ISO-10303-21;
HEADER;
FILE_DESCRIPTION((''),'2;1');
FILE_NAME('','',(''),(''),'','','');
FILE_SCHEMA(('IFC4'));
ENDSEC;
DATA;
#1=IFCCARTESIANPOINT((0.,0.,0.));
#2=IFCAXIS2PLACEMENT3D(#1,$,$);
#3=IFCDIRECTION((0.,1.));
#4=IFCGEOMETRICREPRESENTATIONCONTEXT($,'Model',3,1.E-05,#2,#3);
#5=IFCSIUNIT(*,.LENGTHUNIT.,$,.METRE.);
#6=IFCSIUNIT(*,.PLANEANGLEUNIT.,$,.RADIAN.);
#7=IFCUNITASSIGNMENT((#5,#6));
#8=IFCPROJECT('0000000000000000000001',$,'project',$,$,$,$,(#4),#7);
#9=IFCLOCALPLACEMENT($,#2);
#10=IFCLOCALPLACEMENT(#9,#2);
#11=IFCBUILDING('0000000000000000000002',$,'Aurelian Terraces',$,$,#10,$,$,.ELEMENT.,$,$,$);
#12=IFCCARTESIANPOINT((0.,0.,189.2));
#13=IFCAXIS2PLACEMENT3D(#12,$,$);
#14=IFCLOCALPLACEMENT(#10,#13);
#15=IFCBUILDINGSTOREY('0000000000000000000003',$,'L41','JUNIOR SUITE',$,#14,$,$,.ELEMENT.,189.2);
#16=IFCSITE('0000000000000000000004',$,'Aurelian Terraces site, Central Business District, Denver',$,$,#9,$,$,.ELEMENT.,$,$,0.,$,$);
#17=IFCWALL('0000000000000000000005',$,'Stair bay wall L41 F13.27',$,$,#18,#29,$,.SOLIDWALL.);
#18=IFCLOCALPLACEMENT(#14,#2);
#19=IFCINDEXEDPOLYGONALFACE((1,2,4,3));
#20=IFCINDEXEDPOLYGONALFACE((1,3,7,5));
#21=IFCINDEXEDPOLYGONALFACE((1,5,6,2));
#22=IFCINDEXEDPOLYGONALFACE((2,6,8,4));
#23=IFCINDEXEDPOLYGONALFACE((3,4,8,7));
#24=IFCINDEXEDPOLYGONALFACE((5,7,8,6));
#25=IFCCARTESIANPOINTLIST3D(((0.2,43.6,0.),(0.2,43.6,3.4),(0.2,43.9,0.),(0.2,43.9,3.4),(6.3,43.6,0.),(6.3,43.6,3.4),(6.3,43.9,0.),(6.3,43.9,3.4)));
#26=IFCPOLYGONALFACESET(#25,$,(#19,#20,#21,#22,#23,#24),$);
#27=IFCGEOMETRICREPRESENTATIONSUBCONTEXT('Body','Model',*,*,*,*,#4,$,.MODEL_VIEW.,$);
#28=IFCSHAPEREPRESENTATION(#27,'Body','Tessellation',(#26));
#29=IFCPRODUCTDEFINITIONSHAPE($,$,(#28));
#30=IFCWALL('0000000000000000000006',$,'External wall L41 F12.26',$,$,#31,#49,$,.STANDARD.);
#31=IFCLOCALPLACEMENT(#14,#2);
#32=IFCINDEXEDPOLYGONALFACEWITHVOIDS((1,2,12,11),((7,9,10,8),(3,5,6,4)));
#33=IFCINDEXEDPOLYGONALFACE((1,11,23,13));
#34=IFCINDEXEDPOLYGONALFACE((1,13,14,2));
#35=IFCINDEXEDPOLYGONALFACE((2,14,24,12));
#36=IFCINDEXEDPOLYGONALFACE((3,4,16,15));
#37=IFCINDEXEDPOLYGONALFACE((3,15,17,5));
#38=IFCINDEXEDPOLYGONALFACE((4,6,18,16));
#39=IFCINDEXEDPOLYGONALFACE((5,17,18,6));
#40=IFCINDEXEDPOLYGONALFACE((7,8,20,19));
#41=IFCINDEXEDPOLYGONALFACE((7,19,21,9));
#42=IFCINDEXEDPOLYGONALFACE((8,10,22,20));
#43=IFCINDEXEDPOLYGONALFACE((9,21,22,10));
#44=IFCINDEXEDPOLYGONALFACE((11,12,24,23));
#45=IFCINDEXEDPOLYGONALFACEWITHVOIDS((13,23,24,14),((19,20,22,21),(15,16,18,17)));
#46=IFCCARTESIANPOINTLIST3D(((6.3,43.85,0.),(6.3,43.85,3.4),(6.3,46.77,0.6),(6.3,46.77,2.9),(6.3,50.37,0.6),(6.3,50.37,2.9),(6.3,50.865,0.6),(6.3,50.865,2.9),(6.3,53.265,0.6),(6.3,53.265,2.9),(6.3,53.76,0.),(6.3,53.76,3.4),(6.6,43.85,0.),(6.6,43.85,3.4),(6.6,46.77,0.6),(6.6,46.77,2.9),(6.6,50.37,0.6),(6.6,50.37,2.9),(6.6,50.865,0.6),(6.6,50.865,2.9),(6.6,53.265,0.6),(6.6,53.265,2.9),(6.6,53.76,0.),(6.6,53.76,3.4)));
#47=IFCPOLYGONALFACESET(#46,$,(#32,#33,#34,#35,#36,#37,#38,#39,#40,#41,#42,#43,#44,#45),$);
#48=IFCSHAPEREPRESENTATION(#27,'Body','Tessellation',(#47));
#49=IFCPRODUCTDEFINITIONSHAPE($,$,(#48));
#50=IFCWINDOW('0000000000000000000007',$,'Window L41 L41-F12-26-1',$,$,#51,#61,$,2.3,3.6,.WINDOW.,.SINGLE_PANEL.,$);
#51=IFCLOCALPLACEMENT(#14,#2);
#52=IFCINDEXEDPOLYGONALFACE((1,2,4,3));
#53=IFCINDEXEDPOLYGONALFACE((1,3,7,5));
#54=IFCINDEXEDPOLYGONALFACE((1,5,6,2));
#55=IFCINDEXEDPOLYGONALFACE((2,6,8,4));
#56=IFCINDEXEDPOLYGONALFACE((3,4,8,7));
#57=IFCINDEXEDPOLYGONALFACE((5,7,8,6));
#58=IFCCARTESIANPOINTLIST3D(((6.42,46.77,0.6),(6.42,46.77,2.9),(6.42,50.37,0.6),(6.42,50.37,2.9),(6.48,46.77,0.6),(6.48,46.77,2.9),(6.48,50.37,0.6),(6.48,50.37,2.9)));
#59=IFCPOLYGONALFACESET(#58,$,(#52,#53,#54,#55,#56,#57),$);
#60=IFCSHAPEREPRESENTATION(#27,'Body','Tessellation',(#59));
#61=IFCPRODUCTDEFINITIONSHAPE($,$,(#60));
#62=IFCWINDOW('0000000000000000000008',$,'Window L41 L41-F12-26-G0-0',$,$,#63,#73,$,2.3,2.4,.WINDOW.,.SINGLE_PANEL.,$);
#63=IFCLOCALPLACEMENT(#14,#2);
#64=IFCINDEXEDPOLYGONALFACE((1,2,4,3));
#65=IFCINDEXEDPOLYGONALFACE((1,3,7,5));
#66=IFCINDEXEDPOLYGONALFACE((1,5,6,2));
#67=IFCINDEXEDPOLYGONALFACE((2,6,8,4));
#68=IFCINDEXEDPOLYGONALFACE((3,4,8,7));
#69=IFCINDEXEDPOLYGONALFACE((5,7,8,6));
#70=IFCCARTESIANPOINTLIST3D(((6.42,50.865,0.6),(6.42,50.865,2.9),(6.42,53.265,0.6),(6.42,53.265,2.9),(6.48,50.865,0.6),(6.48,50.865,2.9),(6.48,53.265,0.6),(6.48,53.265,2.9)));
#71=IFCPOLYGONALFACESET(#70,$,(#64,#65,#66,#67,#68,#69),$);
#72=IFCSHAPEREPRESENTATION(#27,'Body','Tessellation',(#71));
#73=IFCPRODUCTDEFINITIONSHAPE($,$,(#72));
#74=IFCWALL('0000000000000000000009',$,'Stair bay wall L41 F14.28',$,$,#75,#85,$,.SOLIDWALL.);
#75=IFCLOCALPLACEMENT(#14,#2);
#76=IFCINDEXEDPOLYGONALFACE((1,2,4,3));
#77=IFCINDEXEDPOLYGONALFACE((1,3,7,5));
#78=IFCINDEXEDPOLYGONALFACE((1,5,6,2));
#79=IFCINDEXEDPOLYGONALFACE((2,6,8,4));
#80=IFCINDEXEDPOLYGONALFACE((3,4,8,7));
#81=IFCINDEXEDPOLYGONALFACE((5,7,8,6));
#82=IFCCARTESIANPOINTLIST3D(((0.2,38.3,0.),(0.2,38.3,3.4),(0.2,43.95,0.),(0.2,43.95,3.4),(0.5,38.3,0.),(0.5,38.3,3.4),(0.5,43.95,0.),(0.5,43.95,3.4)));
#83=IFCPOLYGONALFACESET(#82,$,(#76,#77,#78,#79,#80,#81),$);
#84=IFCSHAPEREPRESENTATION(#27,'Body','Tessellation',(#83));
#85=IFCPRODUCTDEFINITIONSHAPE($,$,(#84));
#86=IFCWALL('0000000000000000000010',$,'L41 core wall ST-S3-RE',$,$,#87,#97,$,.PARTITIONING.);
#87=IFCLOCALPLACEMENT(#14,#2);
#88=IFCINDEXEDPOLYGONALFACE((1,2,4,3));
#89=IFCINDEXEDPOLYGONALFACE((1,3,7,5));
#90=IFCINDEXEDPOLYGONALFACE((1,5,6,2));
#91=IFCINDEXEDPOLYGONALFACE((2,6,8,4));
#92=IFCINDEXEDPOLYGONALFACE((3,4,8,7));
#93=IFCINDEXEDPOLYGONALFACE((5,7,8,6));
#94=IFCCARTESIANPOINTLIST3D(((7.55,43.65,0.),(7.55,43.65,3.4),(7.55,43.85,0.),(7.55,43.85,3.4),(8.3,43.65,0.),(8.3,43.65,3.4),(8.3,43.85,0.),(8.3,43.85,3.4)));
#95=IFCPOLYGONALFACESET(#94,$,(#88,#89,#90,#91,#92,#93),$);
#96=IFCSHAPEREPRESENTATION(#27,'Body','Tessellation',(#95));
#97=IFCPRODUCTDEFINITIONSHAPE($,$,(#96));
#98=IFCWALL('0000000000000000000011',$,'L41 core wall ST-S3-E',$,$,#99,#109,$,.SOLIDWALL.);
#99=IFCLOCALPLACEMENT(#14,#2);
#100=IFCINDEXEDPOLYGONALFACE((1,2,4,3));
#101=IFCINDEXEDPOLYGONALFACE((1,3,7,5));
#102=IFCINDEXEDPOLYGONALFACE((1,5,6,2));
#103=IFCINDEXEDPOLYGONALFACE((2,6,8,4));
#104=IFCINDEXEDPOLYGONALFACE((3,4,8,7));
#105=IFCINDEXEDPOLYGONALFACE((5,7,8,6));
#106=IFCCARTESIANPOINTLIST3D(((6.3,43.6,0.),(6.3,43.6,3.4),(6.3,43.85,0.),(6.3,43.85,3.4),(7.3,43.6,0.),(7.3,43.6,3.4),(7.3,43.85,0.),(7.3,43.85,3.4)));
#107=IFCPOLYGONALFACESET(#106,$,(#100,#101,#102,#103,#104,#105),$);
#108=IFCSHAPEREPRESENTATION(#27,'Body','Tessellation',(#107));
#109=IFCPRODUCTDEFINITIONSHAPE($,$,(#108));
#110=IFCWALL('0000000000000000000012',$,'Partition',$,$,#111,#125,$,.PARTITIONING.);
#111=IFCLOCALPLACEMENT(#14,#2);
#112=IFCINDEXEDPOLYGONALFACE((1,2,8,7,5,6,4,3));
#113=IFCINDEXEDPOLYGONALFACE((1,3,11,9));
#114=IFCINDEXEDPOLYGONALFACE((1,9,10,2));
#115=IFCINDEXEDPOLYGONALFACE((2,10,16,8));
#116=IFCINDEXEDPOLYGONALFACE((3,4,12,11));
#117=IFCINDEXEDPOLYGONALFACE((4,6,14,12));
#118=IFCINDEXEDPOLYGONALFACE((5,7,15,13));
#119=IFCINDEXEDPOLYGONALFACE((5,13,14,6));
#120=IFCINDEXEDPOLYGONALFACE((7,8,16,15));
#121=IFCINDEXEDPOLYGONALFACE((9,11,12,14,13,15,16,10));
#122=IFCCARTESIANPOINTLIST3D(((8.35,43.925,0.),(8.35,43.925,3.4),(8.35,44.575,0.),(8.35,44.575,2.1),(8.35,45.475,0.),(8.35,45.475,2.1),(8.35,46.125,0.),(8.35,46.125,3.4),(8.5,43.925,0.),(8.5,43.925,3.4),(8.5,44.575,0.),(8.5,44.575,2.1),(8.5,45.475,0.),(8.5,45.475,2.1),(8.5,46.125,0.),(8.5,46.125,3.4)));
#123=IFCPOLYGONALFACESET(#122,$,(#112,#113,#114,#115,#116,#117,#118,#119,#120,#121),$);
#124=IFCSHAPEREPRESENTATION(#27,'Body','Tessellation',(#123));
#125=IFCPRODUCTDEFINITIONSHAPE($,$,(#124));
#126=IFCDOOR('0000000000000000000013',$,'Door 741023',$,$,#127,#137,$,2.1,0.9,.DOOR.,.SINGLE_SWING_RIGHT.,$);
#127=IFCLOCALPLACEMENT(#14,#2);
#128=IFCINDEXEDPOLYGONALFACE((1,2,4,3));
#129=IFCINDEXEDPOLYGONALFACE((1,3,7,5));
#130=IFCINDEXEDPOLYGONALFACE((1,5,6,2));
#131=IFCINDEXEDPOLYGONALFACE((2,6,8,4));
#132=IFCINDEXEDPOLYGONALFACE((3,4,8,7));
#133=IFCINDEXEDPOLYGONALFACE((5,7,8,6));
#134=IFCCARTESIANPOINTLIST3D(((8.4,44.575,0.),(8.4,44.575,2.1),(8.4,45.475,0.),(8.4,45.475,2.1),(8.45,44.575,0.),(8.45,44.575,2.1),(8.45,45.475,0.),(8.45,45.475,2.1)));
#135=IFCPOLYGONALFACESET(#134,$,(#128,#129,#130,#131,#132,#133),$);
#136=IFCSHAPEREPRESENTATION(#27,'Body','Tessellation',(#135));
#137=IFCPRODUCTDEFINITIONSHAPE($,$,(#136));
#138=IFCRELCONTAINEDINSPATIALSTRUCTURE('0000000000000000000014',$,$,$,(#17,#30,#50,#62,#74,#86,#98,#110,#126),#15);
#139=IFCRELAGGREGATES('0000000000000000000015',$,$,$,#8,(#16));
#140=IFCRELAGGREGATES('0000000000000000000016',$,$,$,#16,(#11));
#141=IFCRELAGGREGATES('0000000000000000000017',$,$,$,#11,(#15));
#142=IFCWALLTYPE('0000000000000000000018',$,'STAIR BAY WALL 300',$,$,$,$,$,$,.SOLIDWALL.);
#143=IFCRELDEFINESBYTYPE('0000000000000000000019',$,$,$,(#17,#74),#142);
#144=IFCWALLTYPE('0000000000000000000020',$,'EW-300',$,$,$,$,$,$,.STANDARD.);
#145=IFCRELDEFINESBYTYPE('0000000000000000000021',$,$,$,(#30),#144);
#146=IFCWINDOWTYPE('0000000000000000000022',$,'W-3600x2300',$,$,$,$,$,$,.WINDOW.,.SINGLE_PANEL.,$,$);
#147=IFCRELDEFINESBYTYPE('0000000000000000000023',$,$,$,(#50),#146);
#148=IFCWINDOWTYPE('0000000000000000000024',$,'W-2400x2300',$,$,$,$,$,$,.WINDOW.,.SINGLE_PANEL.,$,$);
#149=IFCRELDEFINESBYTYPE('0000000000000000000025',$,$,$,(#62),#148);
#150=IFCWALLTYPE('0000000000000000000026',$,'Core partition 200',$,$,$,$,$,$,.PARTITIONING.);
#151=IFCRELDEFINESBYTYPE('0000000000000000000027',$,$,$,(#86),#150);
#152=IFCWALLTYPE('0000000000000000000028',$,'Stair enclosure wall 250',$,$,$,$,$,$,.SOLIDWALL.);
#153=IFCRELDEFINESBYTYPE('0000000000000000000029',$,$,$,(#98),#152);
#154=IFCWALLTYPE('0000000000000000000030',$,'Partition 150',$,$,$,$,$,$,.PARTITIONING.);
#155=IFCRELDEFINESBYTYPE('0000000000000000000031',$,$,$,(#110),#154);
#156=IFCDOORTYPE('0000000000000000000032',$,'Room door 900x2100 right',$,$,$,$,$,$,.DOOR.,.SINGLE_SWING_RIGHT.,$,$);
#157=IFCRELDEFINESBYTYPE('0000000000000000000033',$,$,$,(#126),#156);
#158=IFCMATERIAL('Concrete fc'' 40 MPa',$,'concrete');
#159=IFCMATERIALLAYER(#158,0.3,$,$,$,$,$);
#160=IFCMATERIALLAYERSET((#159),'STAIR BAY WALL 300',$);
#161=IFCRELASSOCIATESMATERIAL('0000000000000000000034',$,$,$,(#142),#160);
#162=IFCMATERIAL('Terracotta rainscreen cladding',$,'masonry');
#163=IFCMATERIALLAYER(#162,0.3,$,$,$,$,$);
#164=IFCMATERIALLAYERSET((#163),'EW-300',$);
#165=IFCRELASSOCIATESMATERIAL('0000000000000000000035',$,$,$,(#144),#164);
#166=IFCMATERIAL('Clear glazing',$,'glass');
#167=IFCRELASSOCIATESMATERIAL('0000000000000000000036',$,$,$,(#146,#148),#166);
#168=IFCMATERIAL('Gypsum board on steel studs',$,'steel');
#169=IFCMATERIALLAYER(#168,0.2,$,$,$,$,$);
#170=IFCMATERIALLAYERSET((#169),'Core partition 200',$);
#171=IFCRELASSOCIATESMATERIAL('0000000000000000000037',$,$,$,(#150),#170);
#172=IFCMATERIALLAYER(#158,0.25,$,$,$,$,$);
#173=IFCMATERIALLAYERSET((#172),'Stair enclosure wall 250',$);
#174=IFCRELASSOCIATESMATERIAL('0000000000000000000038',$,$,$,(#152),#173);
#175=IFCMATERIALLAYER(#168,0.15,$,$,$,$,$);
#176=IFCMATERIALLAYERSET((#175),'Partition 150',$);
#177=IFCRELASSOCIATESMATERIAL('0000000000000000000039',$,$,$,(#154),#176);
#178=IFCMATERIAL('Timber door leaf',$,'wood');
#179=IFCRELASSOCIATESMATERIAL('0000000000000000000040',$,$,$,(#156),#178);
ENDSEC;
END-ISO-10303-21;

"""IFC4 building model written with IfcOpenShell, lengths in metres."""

from ifc_helpers import new_model, si_unit, direction, frame, frame_2d, origin, place, context, subcontext, project, spatial, rectangle, extrude, source, transform, mapped, material, layer, layer_set, type_object, element, fill, save


model = new_model("IFC4")

# Units and contexts
model_context = context("Model", 3, precision=1e-05, world=origin(), true_north=direction((0.0, 1.0)))
body_context = subcontext(model_context, "Body", "Model", "MODEL_VIEW")
ifc_project = project(units=[si_unit("LENGTHUNIT", "METRE"), si_unit("PLANEANGLEUNIT", "RADIAN")], contexts=[model_context])

# Site, building, storey
site_placement = place(None, origin())
site = spatial("IfcSite", under=ifc_project, at=site_placement, Name="Aurelian Terraces site, Central Business District, Denver", CompositionType="ELEMENT", RefElevation=0.0)
building_placement = place(site_placement, origin())
building = spatial("IfcBuilding", under=site, at=building_placement, Name="Aurelian Terraces", CompositionType="ELEMENT")
storey_placement = place(building_placement, frame((0.0, 0.0, 189.2)))
storey = spatial("IfcBuildingStorey", under=building, at=storey_placement, Name="L41", Description="JUNIOR SUITE", CompositionType="ELEMENT", Elevation=189.2)

# Wall
ifc_material_1 = material(Name="Concrete fc' 40 MPa", Category="concrete")
ifc_layer_1 = layer(ifc_material_1, 0.3)
ifc_layer_set_1 = layer_set([ifc_layer_1], Name="STAIR BAY WALL 300")
wall_type_1 = type_object("IfcWallType", Name="STAIR BAY WALL 300", PredefinedType="SOLIDWALL", material=ifc_layer_set_1)
shared_shape_1 = source(origin(), body_context, "Body", "SweptSolid", [
    extrude(rectangle(XDim=6.1, YDim=0.3, at=frame_2d((3.05, 0.0))), origin(), (0.0, 0.0, 1.0), 3.4),
])
wall_1_placement = place(storey_placement, frame((6.3, 43.75, 0.0), z_axis=(0.0, 0.0, 1.0), x_axis=(-1.0, 0.0, 0.0)))
element("IfcWall", 1, at=wall_1_placement, inside=storey, type_object=wall_type_1, Name="Stair bay wall L41 F13.27", PredefinedType="SOLIDWALL", context=body_context, shape_type="MappedRepresentation", body=[
    mapped(shared_shape_1, transform((0.0, 0.0, 0.0), scale=1.0)),
])

# Wall, openings, windows
ifc_material_2 = material(Name="Terracotta rainscreen cladding", Category="masonry")
ifc_layer_2 = layer(ifc_material_2, 0.3)
ifc_layer_set_2 = layer_set([ifc_layer_2], Name="EW-300")
wall_type_2 = type_object("IfcWallType", Name="EW-300", PredefinedType="STANDARD", material=ifc_layer_set_2)
shared_shape_2 = source(origin(), body_context, "Body", "SweptSolid", [
    extrude(rectangle(XDim=9.91, YDim=0.3, at=frame_2d((4.955, 0.0))), origin(), (0.0, 0.0, 1.0), 3.4),
])
wall_2_placement = place(storey_placement, frame((6.45, 53.76, 0.0), z_axis=(0.0, 0.0, 1.0), x_axis=(0.0, -1.0, 0.0)))
wall_2 = element("IfcWall", 2, at=wall_2_placement, inside=storey, type_object=wall_type_2, Name="External wall L41 F12.26", PredefinedType="STANDARD", context=body_context, shape_type="MappedRepresentation", body=[
    mapped(shared_shape_2, transform((0.0, 0.0, 0.0), scale=1.0)),
])
shared_shape_3 = source(origin(), body_context, "Body", "SweptSolid", [
    extrude(rectangle(XDim=3.6, YDim=2.3, at=frame_2d((1.8, 1.15))), frame((0.0, 0.16, 0.0), z_axis=(0.0, -1.0, 0.0), x_axis=(1.0, 0.0, 0.0)), (0.0, 0.0, 1.0), 0.32),
])
opening_1_placement = place(wall_2_placement, frame((3.39, 0.0, 0.6)))
opening_1 = element("IfcOpeningElement", 3, at=opening_1_placement, cuts=wall_2, PredefinedType="OPENING", context=body_context, shape_type="MappedRepresentation", body=[
    mapped(shared_shape_3, transform((0.0, 0.0, 0.0), scale=1.0)),
])
shared_shape_4 = source(origin(), body_context, "Body", "SweptSolid", [
    extrude(rectangle(XDim=2.4, YDim=2.3, at=frame_2d((1.2, 1.15))), frame((0.0, 0.16, 0.0), z_axis=(0.0, -1.0, 0.0), x_axis=(1.0, 0.0, 0.0)), (0.0, 0.0, 1.0), 0.32),
])
opening_2_placement = place(wall_2_placement, frame((0.495, 0.0, 0.6)))
opening_2 = element("IfcOpeningElement", 4, at=opening_2_placement, cuts=wall_2, PredefinedType="OPENING", context=body_context, shape_type="MappedRepresentation", body=[
    mapped(shared_shape_4, transform((0.0, 0.0, 0.0), scale=1.0)),
])
ifc_material_3 = material(Name="Clear glazing", Category="glass")
window_type_1 = type_object("IfcWindowType", Name="W-3600x2300", PartitioningType="SINGLE_PANEL", PredefinedType="WINDOW", material=ifc_material_3)
shared_shape_5 = source(origin(), body_context, "Body", "SweptSolid", [
    extrude(rectangle(XDim=3.6, YDim=2.3, at=frame_2d((1.8, 1.15))), frame((0.0, 0.03, 0.0), z_axis=(0.0, -1.0, 0.0), x_axis=(1.0, 0.0, 0.0)), (0.0, 0.0, 1.0), 0.06),
])
window_1_placement = place(opening_1_placement, origin())
window_1 = element("IfcWindow", 5, at=window_1_placement, inside=storey, type_object=window_type_1, Name="Window L41 L41-F12-26-1", OverallHeight=2.3, OverallWidth=3.6, PartitioningType="SINGLE_PANEL", PredefinedType="WINDOW", context=body_context, shape_type="MappedRepresentation", body=[
    mapped(shared_shape_5, transform((0.0, 0.0, 0.0), scale=1.0)),
])
fill(opening_1, window_1)
window_type_2 = type_object("IfcWindowType", Name="W-2400x2300", PartitioningType="SINGLE_PANEL", PredefinedType="WINDOW", material=ifc_material_3)
shared_shape_6 = source(origin(), body_context, "Body", "SweptSolid", [
    extrude(rectangle(XDim=2.4, YDim=2.3, at=frame_2d((1.2, 1.15))), frame((0.0, 0.03, 0.0), z_axis=(0.0, -1.0, 0.0), x_axis=(1.0, 0.0, 0.0)), (0.0, 0.0, 1.0), 0.06),
])
window_2_placement = place(opening_2_placement, origin())
window_2 = element("IfcWindow", 6, at=window_2_placement, inside=storey, type_object=window_type_2, Name="Window L41 L41-F12-26-G0-0", OverallHeight=2.3, OverallWidth=2.4, PartitioningType="SINGLE_PANEL", PredefinedType="WINDOW", context=body_context, shape_type="MappedRepresentation", body=[
    mapped(shared_shape_6, transform((0.0, 0.0, 0.0), scale=1.0)),
])
fill(opening_2, window_2)

# Walls
shared_shape_7 = source(origin(), body_context, "Body", "SweptSolid", [
    extrude(rectangle(XDim=5.65, YDim=0.3, at=frame_2d((2.825, 0.0))), origin(), (0.0, 0.0, 1.0), 3.4),
])
wall_3_placement = place(storey_placement, frame((0.35, 43.95, 0.0), z_axis=(0.0, 0.0, 1.0), x_axis=(0.0, -1.0, 0.0)))
element("IfcWall", 7, at=wall_3_placement, inside=storey, type_object=wall_type_1, Name="Stair bay wall L41 F14.28", PredefinedType="SOLIDWALL", context=body_context, shape_type="MappedRepresentation", body=[
    mapped(shared_shape_7, transform((0.0, 0.0, 0.0), scale=1.0)),
])
ifc_material_4 = material(Name="Gypsum board on steel studs", Category="steel")
ifc_layer_3 = layer(ifc_material_4, 0.2)
ifc_layer_set_3 = layer_set([ifc_layer_3], Name="Core partition 200")
wall_type_3 = type_object("IfcWallType", Name="Core partition 200", PredefinedType="PARTITIONING", material=ifc_layer_set_3)
shared_shape_8 = source(origin(), body_context, "Body", "SweptSolid", [
    extrude(rectangle(XDim=0.75, YDim=0.2, at=frame_2d((0.375, 0.0))), origin(), (0.0, 0.0, 1.0), 3.4),
])
wall_4_placement = place(storey_placement, frame((7.55, 43.75, 0.0), z_axis=(0.0, 0.0, 1.0), x_axis=(1.0, 0.0, 0.0)))
element("IfcWall", 8, at=wall_4_placement, inside=storey, type_object=wall_type_3, Name="L41 core wall ST-S3-RE", PredefinedType="PARTITIONING", context=body_context, shape_type="MappedRepresentation", body=[
    mapped(shared_shape_8, transform((0.0, 0.0, 0.0), scale=1.0)),
])
ifc_layer_4 = layer(ifc_material_1, 0.25)
ifc_layer_set_4 = layer_set([ifc_layer_4], Name="Stair enclosure wall 250")
wall_type_4 = type_object("IfcWallType", Name="Stair enclosure wall 250", PredefinedType="SOLIDWALL", material=ifc_layer_set_4)
shared_shape_9 = source(origin(), body_context, "Body", "SweptSolid", [
    extrude(rectangle(XDim=1.0, YDim=0.25, at=frame_2d((0.5, 0.0))), origin(), (0.0, 0.0, 1.0), 3.4),
])
wall_5_placement = place(storey_placement, frame((6.3, 43.725, 0.0), z_axis=(0.0, 0.0, 1.0), x_axis=(1.0, 0.0, 0.0)))
element("IfcWall", 9, at=wall_5_placement, inside=storey, type_object=wall_type_4, Name="L41 core wall ST-S3-E", PredefinedType="SOLIDWALL", context=body_context, shape_type="MappedRepresentation", body=[
    mapped(shared_shape_9, transform((0.0, 0.0, 0.0), scale=1.0)),
])

# Wall, opening, door
ifc_layer_5 = layer(ifc_material_4, 0.15)
ifc_layer_set_5 = layer_set([ifc_layer_5], Name="Partition 150")
wall_type_5 = type_object("IfcWallType", Name="Partition 150", PredefinedType="PARTITIONING", material=ifc_layer_set_5)
shared_shape_10 = source(origin(), body_context, "Body", "SweptSolid", [
    extrude(rectangle(XDim=2.2, YDim=0.15, at=frame_2d((1.1, 0.0))), origin(), (0.0, 0.0, 1.0), 3.4),
])
wall_6_placement = place(storey_placement, frame((8.425, 43.925, 0.0), z_axis=(0.0, 0.0, 1.0), x_axis=(0.0, 1.0, 0.0)))
wall_6 = element("IfcWall", 10, at=wall_6_placement, inside=storey, type_object=wall_type_5, Name="Partition", PredefinedType="PARTITIONING", context=body_context, shape_type="MappedRepresentation", body=[
    mapped(shared_shape_10, transform((0.0, 0.0, 0.0), scale=1.0)),
])
shared_shape_11 = source(origin(), body_context, "Body", "SweptSolid", [
    extrude(rectangle(XDim=0.9, YDim=2.1, at=frame_2d((0.45, 1.05))), frame((0.0, 0.085, 0.0), z_axis=(0.0, -1.0, 0.0), x_axis=(1.0, 0.0, 0.0)), (0.0, 0.0, 1.0), 0.17),
])
opening_3_placement = place(wall_6_placement, frame((0.65, 0.0, 0.0)))
opening_3 = element("IfcOpeningElement", 11, at=opening_3_placement, cuts=wall_6, PredefinedType="OPENING", context=body_context, shape_type="MappedRepresentation", body=[
    mapped(shared_shape_11, transform((0.0, 0.0, 0.0), scale=1.0)),
])
ifc_material_5 = material(Name="Timber door leaf", Category="wood")
door_type = type_object("IfcDoorType", Name="Room door 900x2100 right", OperationType="SINGLE_SWING_RIGHT", PredefinedType="DOOR", material=ifc_material_5)
shared_shape_12 = source(origin(), body_context, "Body", "SweptSolid", [
    extrude(rectangle(XDim=0.9, YDim=2.1, at=frame_2d((0.45, 1.05))), frame((0.0, 0.025, 0.0), z_axis=(0.0, -1.0, 0.0), x_axis=(1.0, 0.0, 0.0)), (0.0, 0.0, 1.0), 0.05),
])
door_placement = place(opening_3_placement, origin())
door = element("IfcDoor", 12, at=door_placement, inside=storey, type_object=door_type, Name="Door 741023", OperationType="SINGLE_SWING_RIGHT", OverallHeight=2.1, OverallWidth=0.9, PredefinedType="DOOR", context=body_context, shape_type="MappedRepresentation", body=[
    mapped(shared_shape_12, transform((0.0, 0.0, 0.0), scale=1.0)),
])
fill(opening_3, door)

save(model, "model.ifc")
